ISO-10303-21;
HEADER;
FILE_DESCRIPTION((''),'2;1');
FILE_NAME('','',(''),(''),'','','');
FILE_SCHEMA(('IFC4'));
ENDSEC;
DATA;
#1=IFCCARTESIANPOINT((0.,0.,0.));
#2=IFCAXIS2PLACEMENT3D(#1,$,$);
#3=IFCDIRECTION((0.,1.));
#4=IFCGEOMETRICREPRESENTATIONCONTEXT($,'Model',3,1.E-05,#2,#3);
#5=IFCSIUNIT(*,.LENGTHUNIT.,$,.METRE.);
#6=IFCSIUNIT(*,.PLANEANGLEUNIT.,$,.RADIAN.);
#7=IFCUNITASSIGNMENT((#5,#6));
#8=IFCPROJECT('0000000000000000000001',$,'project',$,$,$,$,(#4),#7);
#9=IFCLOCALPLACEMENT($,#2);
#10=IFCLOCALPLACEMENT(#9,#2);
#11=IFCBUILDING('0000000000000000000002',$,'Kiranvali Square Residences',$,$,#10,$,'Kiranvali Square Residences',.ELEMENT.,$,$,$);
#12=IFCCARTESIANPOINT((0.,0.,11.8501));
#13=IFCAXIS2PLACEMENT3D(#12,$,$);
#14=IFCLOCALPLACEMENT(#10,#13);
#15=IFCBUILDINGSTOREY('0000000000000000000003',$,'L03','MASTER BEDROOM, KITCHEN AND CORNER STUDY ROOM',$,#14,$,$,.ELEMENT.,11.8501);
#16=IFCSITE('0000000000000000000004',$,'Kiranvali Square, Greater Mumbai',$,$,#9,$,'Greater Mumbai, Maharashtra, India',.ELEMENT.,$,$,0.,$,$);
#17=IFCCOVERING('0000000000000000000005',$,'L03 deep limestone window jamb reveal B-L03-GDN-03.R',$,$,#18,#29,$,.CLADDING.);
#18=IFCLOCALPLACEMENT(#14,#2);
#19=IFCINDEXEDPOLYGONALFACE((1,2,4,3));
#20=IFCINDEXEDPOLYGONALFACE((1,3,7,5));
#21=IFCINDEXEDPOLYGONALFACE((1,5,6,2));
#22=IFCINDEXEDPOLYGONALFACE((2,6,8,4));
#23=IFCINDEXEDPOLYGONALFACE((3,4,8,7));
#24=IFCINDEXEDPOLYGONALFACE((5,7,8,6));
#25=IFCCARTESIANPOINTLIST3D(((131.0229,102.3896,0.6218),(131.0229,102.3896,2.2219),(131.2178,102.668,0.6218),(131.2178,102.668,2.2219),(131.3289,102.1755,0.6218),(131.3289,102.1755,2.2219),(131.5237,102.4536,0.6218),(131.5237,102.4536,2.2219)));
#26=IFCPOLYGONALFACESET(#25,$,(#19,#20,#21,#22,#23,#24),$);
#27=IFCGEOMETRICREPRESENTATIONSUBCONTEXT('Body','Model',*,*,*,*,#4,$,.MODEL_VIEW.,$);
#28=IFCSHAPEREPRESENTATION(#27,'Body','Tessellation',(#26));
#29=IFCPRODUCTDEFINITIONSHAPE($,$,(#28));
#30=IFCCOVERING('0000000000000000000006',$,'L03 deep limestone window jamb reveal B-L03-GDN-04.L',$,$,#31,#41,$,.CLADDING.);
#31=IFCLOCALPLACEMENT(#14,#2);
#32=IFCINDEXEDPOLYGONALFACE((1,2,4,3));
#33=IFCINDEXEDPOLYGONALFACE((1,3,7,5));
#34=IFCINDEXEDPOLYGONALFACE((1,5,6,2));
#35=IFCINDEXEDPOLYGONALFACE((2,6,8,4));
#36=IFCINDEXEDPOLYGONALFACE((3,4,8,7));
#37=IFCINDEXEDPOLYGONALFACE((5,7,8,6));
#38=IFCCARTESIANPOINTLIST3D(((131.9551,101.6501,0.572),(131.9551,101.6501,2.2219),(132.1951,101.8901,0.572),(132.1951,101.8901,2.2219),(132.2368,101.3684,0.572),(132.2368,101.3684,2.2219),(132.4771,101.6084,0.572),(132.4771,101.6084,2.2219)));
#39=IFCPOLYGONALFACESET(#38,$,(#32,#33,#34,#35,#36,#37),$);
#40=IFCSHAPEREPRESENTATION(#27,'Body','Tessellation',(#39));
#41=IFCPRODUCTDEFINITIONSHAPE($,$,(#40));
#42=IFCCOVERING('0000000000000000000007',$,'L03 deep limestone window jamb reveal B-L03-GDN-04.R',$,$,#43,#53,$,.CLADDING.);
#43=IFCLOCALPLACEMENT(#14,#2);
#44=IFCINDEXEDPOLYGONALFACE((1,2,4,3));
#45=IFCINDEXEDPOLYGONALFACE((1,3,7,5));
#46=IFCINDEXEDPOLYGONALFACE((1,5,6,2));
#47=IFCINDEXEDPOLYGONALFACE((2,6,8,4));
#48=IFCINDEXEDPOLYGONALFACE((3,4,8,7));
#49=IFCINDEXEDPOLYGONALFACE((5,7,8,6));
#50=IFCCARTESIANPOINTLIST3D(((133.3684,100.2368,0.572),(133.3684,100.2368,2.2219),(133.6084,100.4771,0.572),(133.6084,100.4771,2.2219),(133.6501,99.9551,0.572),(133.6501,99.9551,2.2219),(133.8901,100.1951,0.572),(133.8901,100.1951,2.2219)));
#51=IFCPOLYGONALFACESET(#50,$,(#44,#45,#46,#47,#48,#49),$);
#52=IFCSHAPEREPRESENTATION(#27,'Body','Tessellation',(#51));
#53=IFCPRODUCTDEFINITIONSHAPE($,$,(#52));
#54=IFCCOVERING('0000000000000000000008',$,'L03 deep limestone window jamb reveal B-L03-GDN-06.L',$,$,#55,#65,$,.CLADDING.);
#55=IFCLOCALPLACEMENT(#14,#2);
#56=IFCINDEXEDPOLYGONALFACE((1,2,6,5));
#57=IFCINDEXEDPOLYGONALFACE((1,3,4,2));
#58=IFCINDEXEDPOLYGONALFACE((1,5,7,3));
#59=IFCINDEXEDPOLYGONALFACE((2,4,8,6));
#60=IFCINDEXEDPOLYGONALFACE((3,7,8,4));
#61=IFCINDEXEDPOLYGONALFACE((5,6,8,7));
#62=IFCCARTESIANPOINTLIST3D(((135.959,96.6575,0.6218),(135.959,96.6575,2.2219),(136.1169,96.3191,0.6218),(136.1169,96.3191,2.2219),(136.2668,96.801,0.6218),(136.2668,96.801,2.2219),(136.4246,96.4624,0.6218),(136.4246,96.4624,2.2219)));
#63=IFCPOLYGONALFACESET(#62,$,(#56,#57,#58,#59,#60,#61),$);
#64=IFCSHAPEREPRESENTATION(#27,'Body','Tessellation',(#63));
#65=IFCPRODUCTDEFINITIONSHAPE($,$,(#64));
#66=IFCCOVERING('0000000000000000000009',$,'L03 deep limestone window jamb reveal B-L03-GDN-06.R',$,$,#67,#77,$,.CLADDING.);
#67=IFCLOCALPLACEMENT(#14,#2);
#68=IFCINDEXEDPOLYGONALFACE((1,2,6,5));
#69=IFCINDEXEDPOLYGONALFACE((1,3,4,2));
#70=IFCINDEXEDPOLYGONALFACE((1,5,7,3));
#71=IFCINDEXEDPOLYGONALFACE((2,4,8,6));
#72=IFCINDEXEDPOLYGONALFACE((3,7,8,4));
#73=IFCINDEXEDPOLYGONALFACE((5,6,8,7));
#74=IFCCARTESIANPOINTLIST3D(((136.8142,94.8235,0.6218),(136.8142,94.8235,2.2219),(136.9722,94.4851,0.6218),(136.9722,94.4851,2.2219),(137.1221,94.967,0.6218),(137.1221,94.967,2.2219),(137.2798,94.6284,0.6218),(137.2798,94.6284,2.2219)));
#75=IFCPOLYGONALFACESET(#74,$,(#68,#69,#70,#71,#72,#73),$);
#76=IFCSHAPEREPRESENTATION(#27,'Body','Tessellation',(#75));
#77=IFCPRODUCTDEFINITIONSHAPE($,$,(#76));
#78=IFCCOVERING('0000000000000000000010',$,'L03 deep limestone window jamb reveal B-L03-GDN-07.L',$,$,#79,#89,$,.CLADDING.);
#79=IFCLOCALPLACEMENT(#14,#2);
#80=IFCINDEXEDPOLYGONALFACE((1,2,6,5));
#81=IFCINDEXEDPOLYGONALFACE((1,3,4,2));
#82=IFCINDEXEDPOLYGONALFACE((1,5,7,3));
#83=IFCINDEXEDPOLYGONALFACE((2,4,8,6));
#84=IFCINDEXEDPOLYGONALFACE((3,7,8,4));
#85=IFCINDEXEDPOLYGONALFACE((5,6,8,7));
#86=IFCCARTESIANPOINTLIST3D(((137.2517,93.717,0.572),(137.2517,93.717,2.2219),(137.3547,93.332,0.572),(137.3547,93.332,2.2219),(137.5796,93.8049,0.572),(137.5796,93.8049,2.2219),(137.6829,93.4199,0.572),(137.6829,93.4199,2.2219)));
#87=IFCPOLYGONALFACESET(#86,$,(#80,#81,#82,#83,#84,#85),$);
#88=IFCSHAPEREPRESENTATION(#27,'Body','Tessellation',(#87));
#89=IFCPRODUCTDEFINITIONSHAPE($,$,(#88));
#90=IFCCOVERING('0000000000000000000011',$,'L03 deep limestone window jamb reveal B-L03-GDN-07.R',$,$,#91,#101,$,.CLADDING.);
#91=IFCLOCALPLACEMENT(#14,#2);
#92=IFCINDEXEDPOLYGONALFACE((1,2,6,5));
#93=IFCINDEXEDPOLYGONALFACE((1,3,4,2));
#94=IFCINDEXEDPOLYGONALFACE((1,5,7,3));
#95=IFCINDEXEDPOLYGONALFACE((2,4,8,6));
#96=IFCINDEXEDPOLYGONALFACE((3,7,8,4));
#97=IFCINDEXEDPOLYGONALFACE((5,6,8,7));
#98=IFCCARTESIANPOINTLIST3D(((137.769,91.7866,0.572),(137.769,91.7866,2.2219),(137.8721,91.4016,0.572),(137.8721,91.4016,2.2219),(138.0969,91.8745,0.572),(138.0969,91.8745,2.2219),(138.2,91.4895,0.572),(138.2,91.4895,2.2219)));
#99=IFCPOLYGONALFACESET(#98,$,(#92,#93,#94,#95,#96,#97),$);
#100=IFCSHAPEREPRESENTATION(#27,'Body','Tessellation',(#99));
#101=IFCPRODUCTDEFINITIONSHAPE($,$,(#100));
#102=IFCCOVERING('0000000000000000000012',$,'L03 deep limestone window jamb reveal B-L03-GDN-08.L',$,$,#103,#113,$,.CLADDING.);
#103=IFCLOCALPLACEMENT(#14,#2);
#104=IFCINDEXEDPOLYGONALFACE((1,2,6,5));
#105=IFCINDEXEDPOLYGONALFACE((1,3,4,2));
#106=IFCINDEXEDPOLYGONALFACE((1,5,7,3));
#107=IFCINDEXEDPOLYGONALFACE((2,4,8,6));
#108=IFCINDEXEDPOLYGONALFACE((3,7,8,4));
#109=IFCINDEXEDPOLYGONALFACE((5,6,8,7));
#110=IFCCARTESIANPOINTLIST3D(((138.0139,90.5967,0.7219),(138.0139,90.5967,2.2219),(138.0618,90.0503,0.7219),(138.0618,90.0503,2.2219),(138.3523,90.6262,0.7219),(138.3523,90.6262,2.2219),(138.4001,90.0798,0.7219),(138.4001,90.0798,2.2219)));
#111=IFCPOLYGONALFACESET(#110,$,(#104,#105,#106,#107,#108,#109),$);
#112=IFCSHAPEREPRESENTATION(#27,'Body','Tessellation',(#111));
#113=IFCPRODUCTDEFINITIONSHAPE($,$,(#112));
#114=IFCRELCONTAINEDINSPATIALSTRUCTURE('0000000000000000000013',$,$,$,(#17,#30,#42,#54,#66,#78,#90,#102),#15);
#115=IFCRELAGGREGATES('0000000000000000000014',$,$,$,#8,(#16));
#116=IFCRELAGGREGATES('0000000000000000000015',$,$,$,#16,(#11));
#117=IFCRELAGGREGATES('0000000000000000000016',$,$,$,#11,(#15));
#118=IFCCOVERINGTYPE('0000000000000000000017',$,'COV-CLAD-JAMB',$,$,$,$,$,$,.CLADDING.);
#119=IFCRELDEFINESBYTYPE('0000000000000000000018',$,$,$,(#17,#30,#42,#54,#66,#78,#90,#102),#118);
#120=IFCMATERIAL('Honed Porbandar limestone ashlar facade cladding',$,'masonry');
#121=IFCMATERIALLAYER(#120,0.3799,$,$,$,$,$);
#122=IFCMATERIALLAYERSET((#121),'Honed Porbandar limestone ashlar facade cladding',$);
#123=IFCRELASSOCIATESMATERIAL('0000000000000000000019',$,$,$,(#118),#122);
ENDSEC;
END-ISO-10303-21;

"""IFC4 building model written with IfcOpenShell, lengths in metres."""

from ifc_helpers import new_model, si_unit, direction, frame, origin, place, context, subcontext, project, spatial, polyline, outline, extrude, material, layer, layer_set, type_object, element, save


model = new_model("IFC4")

# Units and contexts
model_context = context("Model", 3, precision=1e-05, world=origin(), true_north=direction((0.0, 1.0)))
body_context = subcontext(model_context, "Body", "Model", "MODEL_VIEW")
ifc_project = project(units=[si_unit("LENGTHUNIT", "METRE"), si_unit("PLANEANGLEUNIT", "RADIAN")], contexts=[model_context])

# Site, building, storey
site_placement = place(None, origin())
site = spatial("IfcSite", under=ifc_project, at=site_placement, Name="Kiranvali Square, Greater Mumbai", LongName="Greater Mumbai, Maharashtra, India", CompositionType="ELEMENT", RefElevation=0.0)
building_placement = place(site_placement, origin())
building = spatial("IfcBuilding", under=site, at=building_placement, Name="Kiranvali Square Residences", LongName="Kiranvali Square Residences", CompositionType="ELEMENT")
storey_placement = place(building_placement, frame((0.0, 0.0, 11.8501)))
storey = spatial("IfcBuildingStorey", under=building, at=storey_placement, Name="L03", Description="MASTER BEDROOM, KITCHEN AND CORNER STUDY ROOM", CompositionType="ELEMENT", Elevation=11.8501)

# Coverings
ifc_material = material(Name="Honed Porbandar limestone ashlar facade cladding", Category="masonry")
ifc_layer = layer(ifc_material, 0.3799)
ifc_layer_set = layer_set([ifc_layer], Name="Honed Porbandar limestone ashlar facade cladding")
covering_type = type_object("IfcCoveringType", Name="COV-CLAD-JAMB", PredefinedType="CLADDING", material=ifc_layer_set)
covering_1_placement = place(storey_placement, frame((0.0, 0.0, 0.6218)))
element("IfcCovering", 1, at=covering_1_placement, inside=storey, type_object=covering_type, Name="L03 deep limestone window jamb reveal B-L03-GDN-03.R", PredefinedType="CLADDING", context=body_context, shape_type="SweptSolid", body=[
    extrude(outline(polyline([(131.0229, 102.3896), (131.3289, 102.1755), (131.5237, 102.4536), (131.2178, 102.668), (131.0229, 102.3896)])), origin(), (0.0, 0.0, 1.0), 1.6001),
])
covering_2_placement = place(storey_placement, frame((0.0, 0.0, 0.572)))
element("IfcCovering", 2, at=covering_2_placement, inside=storey, type_object=covering_type, Name="L03 deep limestone window jamb reveal B-L03-GDN-04.L", PredefinedType="CLADDING", context=body_context, shape_type="SweptSolid", body=[
    extrude(outline(polyline([(131.9551, 101.6501), (132.2368, 101.3684), (132.4771, 101.6084), (132.1951, 101.8901), (131.9551, 101.6501)])), origin(), (0.0, 0.0, 1.0), 1.6499),
])
covering_3_placement = place(storey_placement, frame((0.0, 0.0, 0.572)))
element("IfcCovering", 3, at=covering_3_placement, inside=storey, type_object=covering_type, Name="L03 deep limestone window jamb reveal B-L03-GDN-04.R", PredefinedType="CLADDING", context=body_context, shape_type="SweptSolid", body=[
    extrude(outline(polyline([(133.3684, 100.2368), (133.6501, 99.9551), (133.8901, 100.1951), (133.6084, 100.4771), (133.3684, 100.2368)])), origin(), (0.0, 0.0, 1.0), 1.6499),
])
covering_4_placement = place(storey_placement, frame((0.0, 0.0, 0.6218)))
element("IfcCovering", 4, at=covering_4_placement, inside=storey, type_object=covering_type, Name="L03 deep limestone window jamb reveal B-L03-GDN-06.L", PredefinedType="CLADDING", context=body_context, shape_type="SweptSolid", body=[
    extrude(outline(polyline([(135.959, 96.6575), (136.1169, 96.3191), (136.4246, 96.4624), (136.2668, 96.801), (135.959, 96.6575)])), origin(), (0.0, 0.0, 1.0), 1.6001),
])
covering_5_placement = place(storey_placement, frame((0.0, 0.0, 0.6218)))
element("IfcCovering", 5, at=covering_5_placement, inside=storey, type_object=covering_type, Name="L03 deep limestone window jamb reveal B-L03-GDN-06.R", PredefinedType="CLADDING", context=body_context, shape_type="SweptSolid", body=[
    extrude(outline(polyline([(136.8142, 94.8235), (136.9722, 94.4851), (137.2798, 94.6284), (137.1221, 94.967), (136.8142, 94.8235)])), origin(), (0.0, 0.0, 1.0), 1.6001),
])
covering_6_placement = place(storey_placement, frame((0.0, 0.0, 0.572)))
element("IfcCovering", 6, at=covering_6_placement, inside=storey, type_object=covering_type, Name="L03 deep limestone window jamb reveal B-L03-GDN-07.L", PredefinedType="CLADDING", context=body_context, shape_type="SweptSolid", body=[
    extrude(outline(polyline([(137.2517, 93.717), (137.3547, 93.332), (137.6829, 93.4199), (137.5796, 93.8049), (137.2517, 93.717)])), origin(), (0.0, 0.0, 1.0), 1.6499),
])
covering_7_placement = place(storey_placement, frame((0.0, 0.0, 0.572)))
element("IfcCovering", 7, at=covering_7_placement, inside=storey, type_object=covering_type, Name="L03 deep limestone window jamb reveal B-L03-GDN-07.R", PredefinedType="CLADDING", context=body_context, shape_type="SweptSolid", body=[
    extrude(outline(polyline([(137.769, 91.7866), (137.8721, 91.4016), (138.2, 91.4895), (138.0969, 91.8745), (137.769, 91.7866)])), origin(), (0.0, 0.0, 1.0), 1.6499),
])
covering_8_placement = place(storey_placement, frame((0.0, 0.0, 0.7219)))
element("IfcCovering", 8, at=covering_8_placement, inside=storey, type_object=covering_type, Name="L03 deep limestone window jamb reveal B-L03-GDN-08.L", PredefinedType="CLADDING", context=body_context, shape_type="SweptSolid", body=[
    extrude(outline(polyline([(138.0139, 90.5967), (138.0618, 90.0503), (138.4001, 90.0798), (138.3523, 90.6262), (138.0139, 90.5967)])), origin(), (0.0, 0.0, 1.0), 1.5),
])

save(model, "model.ifc")
